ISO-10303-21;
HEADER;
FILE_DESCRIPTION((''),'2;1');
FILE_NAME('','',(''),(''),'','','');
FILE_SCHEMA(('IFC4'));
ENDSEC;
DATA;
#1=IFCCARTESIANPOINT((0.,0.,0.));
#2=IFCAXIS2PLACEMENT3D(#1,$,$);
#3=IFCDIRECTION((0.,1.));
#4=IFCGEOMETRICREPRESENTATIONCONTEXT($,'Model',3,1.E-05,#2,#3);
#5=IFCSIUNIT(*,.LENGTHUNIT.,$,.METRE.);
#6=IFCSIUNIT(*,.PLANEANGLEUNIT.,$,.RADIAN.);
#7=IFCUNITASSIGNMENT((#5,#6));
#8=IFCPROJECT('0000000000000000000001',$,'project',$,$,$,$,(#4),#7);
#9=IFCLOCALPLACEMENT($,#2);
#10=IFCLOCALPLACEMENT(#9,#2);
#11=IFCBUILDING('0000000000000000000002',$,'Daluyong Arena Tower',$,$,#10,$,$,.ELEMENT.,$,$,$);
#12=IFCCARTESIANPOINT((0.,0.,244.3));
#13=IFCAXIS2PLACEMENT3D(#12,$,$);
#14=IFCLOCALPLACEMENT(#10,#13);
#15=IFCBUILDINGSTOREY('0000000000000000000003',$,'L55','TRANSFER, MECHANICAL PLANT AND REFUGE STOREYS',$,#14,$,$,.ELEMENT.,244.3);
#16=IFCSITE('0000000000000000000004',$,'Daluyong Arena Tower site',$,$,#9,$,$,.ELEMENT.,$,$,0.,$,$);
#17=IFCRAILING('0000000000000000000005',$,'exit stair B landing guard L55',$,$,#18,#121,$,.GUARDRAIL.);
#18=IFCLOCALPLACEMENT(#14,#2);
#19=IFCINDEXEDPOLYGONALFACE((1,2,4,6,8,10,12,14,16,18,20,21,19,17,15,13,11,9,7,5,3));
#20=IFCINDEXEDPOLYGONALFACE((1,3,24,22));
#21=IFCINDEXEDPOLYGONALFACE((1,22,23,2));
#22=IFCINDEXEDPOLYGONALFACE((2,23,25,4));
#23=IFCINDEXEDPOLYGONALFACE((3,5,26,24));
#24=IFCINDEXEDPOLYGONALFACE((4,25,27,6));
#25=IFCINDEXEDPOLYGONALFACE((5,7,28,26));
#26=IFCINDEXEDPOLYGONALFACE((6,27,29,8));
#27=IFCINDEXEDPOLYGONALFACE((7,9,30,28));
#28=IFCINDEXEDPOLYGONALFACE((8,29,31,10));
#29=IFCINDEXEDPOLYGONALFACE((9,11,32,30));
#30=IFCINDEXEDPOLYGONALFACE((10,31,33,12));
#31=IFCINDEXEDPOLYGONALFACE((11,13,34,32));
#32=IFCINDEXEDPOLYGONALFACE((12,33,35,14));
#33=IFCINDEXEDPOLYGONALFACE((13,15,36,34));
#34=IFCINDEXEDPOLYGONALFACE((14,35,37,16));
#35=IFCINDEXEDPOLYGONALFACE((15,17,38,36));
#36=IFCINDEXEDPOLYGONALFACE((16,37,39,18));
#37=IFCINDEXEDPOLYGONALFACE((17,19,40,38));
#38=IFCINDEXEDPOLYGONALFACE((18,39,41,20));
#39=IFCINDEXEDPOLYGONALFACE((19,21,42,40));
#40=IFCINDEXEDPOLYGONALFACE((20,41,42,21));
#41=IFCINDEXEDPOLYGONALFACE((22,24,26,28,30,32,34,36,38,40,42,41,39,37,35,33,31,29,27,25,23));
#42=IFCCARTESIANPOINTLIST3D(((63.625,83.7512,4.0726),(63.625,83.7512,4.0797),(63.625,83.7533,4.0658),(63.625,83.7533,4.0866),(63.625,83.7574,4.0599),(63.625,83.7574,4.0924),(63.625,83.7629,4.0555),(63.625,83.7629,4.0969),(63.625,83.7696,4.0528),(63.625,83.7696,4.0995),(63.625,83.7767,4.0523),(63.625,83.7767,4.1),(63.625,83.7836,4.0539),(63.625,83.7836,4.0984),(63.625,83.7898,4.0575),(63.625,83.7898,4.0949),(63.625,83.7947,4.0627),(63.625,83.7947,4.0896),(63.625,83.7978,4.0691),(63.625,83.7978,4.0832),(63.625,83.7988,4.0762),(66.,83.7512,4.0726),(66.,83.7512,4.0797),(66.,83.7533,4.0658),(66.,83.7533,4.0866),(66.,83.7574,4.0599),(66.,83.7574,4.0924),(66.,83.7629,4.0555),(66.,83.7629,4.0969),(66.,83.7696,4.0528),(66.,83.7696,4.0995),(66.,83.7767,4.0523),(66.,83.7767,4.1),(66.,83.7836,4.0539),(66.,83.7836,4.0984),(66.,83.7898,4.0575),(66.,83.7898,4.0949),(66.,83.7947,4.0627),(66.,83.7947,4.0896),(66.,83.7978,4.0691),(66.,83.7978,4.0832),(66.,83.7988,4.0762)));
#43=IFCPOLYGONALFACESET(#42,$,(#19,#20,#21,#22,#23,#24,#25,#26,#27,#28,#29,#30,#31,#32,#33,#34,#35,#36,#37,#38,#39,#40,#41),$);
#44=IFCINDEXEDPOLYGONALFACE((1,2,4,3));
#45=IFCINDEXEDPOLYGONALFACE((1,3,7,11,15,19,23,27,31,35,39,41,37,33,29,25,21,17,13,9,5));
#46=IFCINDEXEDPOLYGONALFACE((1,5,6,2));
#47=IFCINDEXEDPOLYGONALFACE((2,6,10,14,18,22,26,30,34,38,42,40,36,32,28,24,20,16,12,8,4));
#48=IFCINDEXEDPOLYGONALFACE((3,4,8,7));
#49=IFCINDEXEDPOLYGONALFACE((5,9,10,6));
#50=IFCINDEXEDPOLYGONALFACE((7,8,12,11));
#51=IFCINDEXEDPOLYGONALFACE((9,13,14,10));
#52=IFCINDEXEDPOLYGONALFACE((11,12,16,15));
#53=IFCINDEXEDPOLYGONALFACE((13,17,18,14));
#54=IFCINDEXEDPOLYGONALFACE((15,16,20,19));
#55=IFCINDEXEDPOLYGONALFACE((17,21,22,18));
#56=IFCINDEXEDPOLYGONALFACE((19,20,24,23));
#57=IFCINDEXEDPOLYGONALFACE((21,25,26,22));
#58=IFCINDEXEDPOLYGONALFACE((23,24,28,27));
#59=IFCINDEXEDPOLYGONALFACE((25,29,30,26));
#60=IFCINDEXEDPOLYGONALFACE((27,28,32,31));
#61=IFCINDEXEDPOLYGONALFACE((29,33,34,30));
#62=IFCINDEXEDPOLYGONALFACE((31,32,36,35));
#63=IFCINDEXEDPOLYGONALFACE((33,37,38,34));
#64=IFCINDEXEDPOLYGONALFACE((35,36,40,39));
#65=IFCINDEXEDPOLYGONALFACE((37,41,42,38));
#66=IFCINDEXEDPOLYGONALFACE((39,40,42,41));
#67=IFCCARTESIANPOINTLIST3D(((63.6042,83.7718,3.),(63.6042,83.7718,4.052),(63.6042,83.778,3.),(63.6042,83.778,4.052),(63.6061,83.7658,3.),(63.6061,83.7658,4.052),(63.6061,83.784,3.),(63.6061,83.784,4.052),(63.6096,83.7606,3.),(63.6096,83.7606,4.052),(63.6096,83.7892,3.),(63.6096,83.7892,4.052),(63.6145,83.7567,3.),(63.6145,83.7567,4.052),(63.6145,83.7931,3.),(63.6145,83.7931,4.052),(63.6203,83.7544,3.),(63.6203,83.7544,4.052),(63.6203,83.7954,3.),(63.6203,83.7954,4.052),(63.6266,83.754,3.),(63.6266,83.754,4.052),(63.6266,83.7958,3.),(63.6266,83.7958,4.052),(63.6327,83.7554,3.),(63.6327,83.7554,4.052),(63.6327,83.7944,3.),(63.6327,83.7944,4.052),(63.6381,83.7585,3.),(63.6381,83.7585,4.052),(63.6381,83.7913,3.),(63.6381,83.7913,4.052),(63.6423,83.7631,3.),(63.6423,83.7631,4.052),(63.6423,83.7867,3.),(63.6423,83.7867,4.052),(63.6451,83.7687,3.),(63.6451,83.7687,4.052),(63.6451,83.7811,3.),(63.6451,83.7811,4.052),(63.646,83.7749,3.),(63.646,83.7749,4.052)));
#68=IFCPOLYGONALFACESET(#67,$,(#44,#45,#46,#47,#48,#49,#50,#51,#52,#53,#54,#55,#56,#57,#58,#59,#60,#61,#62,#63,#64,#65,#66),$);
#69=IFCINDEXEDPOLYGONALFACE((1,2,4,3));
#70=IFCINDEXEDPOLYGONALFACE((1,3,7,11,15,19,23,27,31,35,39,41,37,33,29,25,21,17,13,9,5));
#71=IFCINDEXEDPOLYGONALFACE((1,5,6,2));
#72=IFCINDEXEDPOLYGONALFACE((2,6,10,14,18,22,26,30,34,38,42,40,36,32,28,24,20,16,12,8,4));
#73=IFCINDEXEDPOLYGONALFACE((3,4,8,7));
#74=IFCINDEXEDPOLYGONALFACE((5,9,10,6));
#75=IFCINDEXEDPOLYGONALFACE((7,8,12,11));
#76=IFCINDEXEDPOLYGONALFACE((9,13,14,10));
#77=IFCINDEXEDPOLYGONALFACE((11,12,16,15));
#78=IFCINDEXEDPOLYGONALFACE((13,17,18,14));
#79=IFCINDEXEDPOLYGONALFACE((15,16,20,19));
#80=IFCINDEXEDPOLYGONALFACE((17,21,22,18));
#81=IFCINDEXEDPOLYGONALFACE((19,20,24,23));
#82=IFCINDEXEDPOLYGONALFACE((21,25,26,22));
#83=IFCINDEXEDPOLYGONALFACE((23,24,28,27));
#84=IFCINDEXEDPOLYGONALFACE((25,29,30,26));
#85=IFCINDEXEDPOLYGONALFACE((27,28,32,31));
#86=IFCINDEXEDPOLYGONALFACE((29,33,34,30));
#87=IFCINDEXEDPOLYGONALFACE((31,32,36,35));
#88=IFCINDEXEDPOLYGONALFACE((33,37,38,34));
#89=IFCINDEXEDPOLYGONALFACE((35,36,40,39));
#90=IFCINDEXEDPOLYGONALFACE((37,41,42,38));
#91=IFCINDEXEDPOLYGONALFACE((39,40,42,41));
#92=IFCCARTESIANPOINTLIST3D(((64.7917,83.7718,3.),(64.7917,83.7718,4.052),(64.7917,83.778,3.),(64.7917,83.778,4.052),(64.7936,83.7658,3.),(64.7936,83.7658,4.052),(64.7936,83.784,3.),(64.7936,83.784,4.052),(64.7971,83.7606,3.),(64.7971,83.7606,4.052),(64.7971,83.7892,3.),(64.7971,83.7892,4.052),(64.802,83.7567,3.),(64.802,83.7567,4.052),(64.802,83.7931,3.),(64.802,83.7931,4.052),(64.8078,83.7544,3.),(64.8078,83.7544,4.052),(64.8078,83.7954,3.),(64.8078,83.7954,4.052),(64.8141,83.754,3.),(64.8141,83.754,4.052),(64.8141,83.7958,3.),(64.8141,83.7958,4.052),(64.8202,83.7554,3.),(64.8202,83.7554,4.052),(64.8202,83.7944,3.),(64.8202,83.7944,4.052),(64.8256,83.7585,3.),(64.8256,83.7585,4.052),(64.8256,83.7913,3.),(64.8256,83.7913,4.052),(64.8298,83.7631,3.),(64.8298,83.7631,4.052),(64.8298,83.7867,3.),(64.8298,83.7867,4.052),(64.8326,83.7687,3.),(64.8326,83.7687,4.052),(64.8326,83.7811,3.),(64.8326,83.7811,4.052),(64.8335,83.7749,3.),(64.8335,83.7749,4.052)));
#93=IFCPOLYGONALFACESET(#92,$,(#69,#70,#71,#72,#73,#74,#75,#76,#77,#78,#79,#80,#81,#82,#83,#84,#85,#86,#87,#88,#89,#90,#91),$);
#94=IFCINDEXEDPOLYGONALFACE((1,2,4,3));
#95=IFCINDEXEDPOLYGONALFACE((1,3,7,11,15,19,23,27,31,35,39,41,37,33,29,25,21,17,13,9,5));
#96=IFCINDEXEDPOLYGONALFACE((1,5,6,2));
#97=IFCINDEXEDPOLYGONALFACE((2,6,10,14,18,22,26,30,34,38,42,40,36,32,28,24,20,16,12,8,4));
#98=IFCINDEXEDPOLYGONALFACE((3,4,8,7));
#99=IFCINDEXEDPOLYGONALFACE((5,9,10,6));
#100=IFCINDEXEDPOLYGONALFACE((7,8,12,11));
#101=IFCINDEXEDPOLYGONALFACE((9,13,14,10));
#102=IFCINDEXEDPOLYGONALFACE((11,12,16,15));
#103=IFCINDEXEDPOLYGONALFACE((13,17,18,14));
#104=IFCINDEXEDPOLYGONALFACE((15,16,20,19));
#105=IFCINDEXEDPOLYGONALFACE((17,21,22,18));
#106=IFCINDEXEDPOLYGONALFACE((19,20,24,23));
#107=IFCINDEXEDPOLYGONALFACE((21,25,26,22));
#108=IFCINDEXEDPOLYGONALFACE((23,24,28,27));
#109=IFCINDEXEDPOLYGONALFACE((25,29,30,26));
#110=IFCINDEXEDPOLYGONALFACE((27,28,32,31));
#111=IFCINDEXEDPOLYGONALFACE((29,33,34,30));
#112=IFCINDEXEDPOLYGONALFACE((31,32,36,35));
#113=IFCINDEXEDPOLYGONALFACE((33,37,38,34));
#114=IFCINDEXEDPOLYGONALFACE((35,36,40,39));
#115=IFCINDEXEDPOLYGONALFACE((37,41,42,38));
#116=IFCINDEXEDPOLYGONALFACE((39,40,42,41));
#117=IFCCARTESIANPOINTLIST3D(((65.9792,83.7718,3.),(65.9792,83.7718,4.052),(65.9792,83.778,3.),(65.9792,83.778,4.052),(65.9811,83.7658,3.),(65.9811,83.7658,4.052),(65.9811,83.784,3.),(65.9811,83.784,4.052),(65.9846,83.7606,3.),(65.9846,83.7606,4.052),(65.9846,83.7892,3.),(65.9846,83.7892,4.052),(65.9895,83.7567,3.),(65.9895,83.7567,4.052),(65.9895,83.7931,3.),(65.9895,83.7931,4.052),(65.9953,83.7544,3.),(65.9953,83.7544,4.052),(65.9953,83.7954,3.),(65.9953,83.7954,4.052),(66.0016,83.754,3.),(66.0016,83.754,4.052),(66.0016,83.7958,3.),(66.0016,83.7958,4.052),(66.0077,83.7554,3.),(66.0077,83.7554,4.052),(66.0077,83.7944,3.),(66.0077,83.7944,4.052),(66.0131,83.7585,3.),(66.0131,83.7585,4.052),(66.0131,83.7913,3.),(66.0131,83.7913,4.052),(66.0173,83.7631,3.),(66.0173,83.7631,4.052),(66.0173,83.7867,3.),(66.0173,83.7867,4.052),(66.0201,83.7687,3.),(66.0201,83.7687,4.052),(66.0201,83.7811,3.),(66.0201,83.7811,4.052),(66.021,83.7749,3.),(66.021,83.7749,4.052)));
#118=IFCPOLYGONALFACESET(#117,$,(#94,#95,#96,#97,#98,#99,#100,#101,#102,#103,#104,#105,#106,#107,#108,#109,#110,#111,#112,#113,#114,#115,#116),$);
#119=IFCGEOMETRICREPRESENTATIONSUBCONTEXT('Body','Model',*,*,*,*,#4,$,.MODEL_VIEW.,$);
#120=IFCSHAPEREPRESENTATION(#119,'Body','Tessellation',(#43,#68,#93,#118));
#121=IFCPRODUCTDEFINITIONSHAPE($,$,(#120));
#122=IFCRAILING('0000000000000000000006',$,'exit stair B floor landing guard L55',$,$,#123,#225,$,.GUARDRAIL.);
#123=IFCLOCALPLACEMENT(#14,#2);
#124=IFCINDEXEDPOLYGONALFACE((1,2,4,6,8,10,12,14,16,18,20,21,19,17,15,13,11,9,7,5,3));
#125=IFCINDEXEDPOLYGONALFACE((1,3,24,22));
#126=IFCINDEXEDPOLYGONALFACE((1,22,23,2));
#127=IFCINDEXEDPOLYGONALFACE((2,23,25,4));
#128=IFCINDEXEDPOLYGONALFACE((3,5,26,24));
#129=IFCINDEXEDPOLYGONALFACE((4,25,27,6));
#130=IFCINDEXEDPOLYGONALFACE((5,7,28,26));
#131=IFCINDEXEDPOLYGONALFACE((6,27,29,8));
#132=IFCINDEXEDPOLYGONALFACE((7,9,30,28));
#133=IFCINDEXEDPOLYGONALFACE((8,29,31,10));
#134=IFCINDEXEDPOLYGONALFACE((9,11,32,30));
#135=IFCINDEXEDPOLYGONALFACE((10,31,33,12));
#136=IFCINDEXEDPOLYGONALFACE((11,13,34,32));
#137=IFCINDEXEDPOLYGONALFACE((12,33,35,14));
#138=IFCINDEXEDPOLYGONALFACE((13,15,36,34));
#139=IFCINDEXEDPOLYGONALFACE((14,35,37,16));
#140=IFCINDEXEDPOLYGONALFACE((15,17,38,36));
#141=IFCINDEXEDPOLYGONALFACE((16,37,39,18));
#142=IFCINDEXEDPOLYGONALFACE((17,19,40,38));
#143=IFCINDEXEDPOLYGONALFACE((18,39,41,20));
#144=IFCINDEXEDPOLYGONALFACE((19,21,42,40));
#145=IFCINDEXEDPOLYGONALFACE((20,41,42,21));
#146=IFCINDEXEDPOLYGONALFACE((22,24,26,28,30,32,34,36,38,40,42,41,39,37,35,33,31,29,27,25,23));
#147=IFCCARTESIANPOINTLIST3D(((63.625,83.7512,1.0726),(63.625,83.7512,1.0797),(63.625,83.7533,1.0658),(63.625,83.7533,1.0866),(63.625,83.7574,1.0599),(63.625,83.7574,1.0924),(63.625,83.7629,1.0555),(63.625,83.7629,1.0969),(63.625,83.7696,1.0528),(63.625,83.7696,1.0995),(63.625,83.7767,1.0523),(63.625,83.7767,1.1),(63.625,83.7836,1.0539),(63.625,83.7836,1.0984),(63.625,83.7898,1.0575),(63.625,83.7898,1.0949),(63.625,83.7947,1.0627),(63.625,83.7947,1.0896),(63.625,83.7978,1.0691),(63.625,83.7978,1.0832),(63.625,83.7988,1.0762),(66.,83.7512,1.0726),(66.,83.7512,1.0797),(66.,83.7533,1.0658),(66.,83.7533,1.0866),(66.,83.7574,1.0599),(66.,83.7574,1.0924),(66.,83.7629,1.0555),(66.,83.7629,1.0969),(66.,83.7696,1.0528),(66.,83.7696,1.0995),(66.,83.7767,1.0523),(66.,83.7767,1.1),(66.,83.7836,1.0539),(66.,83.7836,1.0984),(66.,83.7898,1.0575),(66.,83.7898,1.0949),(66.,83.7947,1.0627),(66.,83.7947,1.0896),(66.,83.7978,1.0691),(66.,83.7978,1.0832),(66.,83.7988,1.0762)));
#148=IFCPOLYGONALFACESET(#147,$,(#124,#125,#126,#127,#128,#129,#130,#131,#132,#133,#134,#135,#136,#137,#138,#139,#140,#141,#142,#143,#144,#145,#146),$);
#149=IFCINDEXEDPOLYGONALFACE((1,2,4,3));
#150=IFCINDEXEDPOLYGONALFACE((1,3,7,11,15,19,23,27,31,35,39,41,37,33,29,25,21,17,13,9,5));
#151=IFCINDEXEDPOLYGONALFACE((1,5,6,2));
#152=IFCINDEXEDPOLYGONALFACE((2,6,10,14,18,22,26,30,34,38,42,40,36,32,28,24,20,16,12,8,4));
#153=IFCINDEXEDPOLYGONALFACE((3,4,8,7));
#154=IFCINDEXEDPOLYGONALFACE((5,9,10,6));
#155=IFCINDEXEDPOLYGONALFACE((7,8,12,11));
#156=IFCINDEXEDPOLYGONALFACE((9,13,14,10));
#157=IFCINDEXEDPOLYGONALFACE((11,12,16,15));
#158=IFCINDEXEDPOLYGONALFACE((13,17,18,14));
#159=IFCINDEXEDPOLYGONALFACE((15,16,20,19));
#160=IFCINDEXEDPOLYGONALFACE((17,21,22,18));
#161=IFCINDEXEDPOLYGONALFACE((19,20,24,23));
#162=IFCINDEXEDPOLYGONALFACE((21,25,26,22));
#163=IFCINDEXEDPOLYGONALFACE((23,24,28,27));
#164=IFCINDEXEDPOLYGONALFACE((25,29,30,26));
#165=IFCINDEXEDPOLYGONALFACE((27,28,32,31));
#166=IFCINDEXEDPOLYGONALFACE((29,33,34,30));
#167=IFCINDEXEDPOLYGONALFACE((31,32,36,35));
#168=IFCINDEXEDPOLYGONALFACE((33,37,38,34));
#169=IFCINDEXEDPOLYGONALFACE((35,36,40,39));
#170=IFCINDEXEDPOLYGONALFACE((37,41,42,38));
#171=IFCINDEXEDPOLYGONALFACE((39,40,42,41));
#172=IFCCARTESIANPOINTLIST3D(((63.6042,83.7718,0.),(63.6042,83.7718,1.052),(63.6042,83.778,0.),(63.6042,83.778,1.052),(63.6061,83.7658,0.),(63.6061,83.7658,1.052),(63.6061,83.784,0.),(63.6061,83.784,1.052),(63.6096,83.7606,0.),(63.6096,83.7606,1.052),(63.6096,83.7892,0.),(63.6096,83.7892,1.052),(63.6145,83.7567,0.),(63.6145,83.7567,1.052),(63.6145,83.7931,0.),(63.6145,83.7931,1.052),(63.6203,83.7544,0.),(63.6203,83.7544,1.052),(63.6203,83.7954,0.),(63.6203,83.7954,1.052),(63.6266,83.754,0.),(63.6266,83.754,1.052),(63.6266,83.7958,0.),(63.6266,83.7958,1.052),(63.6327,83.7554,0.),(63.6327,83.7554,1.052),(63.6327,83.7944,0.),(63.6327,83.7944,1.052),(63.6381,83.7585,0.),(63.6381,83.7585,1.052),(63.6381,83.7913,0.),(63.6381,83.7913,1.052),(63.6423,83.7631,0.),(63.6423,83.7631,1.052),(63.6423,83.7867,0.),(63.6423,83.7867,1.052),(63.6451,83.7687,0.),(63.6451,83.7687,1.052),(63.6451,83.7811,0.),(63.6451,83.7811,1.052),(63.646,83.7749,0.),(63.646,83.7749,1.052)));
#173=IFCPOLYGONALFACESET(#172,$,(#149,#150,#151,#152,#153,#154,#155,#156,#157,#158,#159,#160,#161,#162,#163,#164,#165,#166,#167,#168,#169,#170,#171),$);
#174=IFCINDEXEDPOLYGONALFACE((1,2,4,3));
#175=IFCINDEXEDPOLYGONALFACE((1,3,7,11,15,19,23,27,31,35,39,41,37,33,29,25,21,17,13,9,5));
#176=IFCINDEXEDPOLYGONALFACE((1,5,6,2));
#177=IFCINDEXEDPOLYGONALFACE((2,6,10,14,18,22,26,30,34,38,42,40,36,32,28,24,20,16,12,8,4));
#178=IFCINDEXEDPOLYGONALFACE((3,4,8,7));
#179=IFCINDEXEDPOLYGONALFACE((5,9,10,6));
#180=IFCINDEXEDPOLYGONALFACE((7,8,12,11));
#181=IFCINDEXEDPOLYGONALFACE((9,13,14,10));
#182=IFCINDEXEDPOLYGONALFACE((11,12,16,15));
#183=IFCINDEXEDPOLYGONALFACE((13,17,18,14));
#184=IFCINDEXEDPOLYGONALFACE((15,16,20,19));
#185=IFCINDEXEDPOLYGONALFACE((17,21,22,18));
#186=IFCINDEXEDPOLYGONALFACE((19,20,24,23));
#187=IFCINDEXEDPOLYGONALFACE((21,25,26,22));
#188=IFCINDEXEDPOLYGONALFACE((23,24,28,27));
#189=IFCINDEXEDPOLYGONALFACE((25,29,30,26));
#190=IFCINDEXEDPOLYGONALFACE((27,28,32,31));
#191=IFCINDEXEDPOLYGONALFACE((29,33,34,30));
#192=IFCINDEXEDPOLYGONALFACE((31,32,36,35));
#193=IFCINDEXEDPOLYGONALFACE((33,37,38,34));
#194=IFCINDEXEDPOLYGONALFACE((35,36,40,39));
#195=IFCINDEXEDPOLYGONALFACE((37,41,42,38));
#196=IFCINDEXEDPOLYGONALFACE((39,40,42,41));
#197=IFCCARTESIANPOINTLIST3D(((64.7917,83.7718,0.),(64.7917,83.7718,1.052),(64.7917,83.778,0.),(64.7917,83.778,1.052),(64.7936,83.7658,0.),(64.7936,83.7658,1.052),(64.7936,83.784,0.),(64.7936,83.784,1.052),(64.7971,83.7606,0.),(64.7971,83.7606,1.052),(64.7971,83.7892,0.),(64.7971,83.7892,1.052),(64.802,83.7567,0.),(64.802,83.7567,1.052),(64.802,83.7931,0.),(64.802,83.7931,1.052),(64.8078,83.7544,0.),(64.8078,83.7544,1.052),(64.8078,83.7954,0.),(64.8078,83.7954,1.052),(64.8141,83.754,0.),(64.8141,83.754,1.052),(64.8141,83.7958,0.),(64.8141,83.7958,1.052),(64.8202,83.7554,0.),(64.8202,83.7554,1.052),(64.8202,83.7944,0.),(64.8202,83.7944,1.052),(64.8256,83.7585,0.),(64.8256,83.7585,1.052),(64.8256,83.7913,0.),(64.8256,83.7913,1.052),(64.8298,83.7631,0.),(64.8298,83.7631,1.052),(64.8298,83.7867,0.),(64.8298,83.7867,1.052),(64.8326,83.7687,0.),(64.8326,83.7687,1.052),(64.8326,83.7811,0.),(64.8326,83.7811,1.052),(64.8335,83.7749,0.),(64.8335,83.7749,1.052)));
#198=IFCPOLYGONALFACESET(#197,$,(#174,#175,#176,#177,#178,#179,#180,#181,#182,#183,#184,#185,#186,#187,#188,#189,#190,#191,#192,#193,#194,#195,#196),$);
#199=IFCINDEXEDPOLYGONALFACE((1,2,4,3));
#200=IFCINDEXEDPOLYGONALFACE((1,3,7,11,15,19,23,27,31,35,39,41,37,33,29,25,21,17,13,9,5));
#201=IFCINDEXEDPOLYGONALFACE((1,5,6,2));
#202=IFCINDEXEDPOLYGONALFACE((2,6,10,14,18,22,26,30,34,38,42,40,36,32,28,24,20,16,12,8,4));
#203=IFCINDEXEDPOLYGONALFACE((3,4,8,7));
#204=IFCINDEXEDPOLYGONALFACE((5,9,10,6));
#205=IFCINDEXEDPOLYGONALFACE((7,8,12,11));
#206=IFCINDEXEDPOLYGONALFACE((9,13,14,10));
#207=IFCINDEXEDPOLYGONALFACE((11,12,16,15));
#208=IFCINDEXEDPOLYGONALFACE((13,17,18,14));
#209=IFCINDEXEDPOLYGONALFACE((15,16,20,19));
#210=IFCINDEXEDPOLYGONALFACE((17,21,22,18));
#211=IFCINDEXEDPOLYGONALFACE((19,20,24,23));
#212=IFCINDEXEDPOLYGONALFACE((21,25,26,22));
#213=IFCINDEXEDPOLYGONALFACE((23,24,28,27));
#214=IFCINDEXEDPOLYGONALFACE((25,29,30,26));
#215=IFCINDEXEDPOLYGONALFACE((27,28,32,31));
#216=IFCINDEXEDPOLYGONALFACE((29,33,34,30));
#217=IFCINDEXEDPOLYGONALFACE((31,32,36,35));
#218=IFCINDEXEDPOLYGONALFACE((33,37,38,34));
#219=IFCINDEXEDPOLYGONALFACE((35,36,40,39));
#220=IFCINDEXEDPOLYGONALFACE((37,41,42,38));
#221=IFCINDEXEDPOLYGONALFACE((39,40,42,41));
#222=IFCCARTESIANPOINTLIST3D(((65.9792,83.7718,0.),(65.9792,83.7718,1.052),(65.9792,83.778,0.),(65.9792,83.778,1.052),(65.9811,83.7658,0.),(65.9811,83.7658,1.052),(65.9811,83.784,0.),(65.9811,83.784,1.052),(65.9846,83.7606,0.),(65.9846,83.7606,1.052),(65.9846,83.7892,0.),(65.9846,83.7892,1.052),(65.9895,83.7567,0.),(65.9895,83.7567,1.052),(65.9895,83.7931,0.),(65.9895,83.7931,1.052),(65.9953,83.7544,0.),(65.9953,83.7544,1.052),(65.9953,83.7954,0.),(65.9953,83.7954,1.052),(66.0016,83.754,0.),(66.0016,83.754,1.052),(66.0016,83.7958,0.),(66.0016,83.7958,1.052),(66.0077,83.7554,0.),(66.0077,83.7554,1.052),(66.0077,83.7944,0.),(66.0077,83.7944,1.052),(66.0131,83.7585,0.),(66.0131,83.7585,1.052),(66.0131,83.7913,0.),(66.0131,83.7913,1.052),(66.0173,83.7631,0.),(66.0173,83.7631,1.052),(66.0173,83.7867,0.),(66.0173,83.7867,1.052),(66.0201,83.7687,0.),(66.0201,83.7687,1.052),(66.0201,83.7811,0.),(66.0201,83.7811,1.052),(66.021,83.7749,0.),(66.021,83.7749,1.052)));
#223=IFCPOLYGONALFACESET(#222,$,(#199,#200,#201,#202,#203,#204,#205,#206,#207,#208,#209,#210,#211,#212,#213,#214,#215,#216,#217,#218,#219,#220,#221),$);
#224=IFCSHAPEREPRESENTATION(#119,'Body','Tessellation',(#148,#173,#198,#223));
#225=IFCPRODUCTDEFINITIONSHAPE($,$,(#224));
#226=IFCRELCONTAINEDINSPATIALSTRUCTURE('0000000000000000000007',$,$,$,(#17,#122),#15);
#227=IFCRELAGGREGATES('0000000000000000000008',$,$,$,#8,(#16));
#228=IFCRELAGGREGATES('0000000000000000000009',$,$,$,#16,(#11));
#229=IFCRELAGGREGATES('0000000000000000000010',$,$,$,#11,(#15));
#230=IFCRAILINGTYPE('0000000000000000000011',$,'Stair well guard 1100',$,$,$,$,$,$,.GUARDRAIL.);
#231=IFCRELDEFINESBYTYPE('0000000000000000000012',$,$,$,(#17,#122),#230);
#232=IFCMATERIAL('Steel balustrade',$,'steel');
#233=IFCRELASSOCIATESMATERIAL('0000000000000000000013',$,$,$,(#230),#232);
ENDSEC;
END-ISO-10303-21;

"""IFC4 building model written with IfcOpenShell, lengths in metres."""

from ifc_helpers import new_model, si_unit, direction, frame, origin, origin_2d, place, context, subcontext, project, spatial, circle, extrude, material, type_object, element, save


model = new_model("IFC4")

# Units and contexts
model_context = context("Model", 3, precision=1e-05, world=origin(), true_north=direction((0.0, 1.0)))
body_context = subcontext(model_context, "Body", "Model", "MODEL_VIEW")
ifc_project = project(units=[si_unit("LENGTHUNIT", "METRE"), si_unit("PLANEANGLEUNIT", "RADIAN")], contexts=[model_context])

# Site, building, storey
site_placement = place(None, origin())
site = spatial("IfcSite", under=ifc_project, at=site_placement, Name="Daluyong Arena Tower site", CompositionType="ELEMENT", RefElevation=0.0)
building_placement = place(site_placement, origin())
building = spatial("IfcBuilding", under=site, at=building_placement, Name="Daluyong Arena Tower", CompositionType="ELEMENT")
storey_placement = place(building_placement, frame((0.0, 0.0, 244.3)))
storey = spatial("IfcBuildingStorey", under=building, at=storey_placement, Name="L55", Description="TRANSFER, MECHANICAL PLANT AND REFUGE STOREYS", CompositionType="ELEMENT", Elevation=244.3)

# Railings
ifc_material_1 = material(Name="Steel balustrade", Category="steel")
railing_type_1 = type_object("IfcRailingType", Name="Stair well guard 1100", PredefinedType="GUARDRAIL", material=ifc_material_1)
for number, where, name in (
    (1, (63.625, 83.7749, 3.0), "exit stair B landing guard L55"),
    (2, (63.625, 83.7749, 0.0), "exit stair B floor landing guard L55"),
):
    element("IfcRailing", number, at=place(storey_placement, frame(where)), inside=storey, type_object=railing_type_1, Name=name, PredefinedType="GUARDRAIL", context=body_context, shape_type="SweptSolid", body=[
        extrude(circle(Radius=0.0239, at=origin_2d()), frame((0.0, 0.0, 1.0762), z_axis=(1.0, 0.0, 0.0), x_axis=(0.0, 1.0, 0.0)), (0.0, 0.0, 1.0), 2.375),
        extrude(circle(Radius=0.021, at=origin_2d()), origin(), (0.0, 0.0, 1.0), 1.052),
        extrude(circle(Radius=0.021, at=origin_2d()), frame((1.1875, 0.0, 0.0)), (0.0, 0.0, 1.0), 1.052),
        extrude(circle(Radius=0.021, at=origin_2d()), frame((2.375, 0.0, 0.0)), (0.0, 0.0, 1.0), 1.052),
    ])

save(model, "model.ifc")
